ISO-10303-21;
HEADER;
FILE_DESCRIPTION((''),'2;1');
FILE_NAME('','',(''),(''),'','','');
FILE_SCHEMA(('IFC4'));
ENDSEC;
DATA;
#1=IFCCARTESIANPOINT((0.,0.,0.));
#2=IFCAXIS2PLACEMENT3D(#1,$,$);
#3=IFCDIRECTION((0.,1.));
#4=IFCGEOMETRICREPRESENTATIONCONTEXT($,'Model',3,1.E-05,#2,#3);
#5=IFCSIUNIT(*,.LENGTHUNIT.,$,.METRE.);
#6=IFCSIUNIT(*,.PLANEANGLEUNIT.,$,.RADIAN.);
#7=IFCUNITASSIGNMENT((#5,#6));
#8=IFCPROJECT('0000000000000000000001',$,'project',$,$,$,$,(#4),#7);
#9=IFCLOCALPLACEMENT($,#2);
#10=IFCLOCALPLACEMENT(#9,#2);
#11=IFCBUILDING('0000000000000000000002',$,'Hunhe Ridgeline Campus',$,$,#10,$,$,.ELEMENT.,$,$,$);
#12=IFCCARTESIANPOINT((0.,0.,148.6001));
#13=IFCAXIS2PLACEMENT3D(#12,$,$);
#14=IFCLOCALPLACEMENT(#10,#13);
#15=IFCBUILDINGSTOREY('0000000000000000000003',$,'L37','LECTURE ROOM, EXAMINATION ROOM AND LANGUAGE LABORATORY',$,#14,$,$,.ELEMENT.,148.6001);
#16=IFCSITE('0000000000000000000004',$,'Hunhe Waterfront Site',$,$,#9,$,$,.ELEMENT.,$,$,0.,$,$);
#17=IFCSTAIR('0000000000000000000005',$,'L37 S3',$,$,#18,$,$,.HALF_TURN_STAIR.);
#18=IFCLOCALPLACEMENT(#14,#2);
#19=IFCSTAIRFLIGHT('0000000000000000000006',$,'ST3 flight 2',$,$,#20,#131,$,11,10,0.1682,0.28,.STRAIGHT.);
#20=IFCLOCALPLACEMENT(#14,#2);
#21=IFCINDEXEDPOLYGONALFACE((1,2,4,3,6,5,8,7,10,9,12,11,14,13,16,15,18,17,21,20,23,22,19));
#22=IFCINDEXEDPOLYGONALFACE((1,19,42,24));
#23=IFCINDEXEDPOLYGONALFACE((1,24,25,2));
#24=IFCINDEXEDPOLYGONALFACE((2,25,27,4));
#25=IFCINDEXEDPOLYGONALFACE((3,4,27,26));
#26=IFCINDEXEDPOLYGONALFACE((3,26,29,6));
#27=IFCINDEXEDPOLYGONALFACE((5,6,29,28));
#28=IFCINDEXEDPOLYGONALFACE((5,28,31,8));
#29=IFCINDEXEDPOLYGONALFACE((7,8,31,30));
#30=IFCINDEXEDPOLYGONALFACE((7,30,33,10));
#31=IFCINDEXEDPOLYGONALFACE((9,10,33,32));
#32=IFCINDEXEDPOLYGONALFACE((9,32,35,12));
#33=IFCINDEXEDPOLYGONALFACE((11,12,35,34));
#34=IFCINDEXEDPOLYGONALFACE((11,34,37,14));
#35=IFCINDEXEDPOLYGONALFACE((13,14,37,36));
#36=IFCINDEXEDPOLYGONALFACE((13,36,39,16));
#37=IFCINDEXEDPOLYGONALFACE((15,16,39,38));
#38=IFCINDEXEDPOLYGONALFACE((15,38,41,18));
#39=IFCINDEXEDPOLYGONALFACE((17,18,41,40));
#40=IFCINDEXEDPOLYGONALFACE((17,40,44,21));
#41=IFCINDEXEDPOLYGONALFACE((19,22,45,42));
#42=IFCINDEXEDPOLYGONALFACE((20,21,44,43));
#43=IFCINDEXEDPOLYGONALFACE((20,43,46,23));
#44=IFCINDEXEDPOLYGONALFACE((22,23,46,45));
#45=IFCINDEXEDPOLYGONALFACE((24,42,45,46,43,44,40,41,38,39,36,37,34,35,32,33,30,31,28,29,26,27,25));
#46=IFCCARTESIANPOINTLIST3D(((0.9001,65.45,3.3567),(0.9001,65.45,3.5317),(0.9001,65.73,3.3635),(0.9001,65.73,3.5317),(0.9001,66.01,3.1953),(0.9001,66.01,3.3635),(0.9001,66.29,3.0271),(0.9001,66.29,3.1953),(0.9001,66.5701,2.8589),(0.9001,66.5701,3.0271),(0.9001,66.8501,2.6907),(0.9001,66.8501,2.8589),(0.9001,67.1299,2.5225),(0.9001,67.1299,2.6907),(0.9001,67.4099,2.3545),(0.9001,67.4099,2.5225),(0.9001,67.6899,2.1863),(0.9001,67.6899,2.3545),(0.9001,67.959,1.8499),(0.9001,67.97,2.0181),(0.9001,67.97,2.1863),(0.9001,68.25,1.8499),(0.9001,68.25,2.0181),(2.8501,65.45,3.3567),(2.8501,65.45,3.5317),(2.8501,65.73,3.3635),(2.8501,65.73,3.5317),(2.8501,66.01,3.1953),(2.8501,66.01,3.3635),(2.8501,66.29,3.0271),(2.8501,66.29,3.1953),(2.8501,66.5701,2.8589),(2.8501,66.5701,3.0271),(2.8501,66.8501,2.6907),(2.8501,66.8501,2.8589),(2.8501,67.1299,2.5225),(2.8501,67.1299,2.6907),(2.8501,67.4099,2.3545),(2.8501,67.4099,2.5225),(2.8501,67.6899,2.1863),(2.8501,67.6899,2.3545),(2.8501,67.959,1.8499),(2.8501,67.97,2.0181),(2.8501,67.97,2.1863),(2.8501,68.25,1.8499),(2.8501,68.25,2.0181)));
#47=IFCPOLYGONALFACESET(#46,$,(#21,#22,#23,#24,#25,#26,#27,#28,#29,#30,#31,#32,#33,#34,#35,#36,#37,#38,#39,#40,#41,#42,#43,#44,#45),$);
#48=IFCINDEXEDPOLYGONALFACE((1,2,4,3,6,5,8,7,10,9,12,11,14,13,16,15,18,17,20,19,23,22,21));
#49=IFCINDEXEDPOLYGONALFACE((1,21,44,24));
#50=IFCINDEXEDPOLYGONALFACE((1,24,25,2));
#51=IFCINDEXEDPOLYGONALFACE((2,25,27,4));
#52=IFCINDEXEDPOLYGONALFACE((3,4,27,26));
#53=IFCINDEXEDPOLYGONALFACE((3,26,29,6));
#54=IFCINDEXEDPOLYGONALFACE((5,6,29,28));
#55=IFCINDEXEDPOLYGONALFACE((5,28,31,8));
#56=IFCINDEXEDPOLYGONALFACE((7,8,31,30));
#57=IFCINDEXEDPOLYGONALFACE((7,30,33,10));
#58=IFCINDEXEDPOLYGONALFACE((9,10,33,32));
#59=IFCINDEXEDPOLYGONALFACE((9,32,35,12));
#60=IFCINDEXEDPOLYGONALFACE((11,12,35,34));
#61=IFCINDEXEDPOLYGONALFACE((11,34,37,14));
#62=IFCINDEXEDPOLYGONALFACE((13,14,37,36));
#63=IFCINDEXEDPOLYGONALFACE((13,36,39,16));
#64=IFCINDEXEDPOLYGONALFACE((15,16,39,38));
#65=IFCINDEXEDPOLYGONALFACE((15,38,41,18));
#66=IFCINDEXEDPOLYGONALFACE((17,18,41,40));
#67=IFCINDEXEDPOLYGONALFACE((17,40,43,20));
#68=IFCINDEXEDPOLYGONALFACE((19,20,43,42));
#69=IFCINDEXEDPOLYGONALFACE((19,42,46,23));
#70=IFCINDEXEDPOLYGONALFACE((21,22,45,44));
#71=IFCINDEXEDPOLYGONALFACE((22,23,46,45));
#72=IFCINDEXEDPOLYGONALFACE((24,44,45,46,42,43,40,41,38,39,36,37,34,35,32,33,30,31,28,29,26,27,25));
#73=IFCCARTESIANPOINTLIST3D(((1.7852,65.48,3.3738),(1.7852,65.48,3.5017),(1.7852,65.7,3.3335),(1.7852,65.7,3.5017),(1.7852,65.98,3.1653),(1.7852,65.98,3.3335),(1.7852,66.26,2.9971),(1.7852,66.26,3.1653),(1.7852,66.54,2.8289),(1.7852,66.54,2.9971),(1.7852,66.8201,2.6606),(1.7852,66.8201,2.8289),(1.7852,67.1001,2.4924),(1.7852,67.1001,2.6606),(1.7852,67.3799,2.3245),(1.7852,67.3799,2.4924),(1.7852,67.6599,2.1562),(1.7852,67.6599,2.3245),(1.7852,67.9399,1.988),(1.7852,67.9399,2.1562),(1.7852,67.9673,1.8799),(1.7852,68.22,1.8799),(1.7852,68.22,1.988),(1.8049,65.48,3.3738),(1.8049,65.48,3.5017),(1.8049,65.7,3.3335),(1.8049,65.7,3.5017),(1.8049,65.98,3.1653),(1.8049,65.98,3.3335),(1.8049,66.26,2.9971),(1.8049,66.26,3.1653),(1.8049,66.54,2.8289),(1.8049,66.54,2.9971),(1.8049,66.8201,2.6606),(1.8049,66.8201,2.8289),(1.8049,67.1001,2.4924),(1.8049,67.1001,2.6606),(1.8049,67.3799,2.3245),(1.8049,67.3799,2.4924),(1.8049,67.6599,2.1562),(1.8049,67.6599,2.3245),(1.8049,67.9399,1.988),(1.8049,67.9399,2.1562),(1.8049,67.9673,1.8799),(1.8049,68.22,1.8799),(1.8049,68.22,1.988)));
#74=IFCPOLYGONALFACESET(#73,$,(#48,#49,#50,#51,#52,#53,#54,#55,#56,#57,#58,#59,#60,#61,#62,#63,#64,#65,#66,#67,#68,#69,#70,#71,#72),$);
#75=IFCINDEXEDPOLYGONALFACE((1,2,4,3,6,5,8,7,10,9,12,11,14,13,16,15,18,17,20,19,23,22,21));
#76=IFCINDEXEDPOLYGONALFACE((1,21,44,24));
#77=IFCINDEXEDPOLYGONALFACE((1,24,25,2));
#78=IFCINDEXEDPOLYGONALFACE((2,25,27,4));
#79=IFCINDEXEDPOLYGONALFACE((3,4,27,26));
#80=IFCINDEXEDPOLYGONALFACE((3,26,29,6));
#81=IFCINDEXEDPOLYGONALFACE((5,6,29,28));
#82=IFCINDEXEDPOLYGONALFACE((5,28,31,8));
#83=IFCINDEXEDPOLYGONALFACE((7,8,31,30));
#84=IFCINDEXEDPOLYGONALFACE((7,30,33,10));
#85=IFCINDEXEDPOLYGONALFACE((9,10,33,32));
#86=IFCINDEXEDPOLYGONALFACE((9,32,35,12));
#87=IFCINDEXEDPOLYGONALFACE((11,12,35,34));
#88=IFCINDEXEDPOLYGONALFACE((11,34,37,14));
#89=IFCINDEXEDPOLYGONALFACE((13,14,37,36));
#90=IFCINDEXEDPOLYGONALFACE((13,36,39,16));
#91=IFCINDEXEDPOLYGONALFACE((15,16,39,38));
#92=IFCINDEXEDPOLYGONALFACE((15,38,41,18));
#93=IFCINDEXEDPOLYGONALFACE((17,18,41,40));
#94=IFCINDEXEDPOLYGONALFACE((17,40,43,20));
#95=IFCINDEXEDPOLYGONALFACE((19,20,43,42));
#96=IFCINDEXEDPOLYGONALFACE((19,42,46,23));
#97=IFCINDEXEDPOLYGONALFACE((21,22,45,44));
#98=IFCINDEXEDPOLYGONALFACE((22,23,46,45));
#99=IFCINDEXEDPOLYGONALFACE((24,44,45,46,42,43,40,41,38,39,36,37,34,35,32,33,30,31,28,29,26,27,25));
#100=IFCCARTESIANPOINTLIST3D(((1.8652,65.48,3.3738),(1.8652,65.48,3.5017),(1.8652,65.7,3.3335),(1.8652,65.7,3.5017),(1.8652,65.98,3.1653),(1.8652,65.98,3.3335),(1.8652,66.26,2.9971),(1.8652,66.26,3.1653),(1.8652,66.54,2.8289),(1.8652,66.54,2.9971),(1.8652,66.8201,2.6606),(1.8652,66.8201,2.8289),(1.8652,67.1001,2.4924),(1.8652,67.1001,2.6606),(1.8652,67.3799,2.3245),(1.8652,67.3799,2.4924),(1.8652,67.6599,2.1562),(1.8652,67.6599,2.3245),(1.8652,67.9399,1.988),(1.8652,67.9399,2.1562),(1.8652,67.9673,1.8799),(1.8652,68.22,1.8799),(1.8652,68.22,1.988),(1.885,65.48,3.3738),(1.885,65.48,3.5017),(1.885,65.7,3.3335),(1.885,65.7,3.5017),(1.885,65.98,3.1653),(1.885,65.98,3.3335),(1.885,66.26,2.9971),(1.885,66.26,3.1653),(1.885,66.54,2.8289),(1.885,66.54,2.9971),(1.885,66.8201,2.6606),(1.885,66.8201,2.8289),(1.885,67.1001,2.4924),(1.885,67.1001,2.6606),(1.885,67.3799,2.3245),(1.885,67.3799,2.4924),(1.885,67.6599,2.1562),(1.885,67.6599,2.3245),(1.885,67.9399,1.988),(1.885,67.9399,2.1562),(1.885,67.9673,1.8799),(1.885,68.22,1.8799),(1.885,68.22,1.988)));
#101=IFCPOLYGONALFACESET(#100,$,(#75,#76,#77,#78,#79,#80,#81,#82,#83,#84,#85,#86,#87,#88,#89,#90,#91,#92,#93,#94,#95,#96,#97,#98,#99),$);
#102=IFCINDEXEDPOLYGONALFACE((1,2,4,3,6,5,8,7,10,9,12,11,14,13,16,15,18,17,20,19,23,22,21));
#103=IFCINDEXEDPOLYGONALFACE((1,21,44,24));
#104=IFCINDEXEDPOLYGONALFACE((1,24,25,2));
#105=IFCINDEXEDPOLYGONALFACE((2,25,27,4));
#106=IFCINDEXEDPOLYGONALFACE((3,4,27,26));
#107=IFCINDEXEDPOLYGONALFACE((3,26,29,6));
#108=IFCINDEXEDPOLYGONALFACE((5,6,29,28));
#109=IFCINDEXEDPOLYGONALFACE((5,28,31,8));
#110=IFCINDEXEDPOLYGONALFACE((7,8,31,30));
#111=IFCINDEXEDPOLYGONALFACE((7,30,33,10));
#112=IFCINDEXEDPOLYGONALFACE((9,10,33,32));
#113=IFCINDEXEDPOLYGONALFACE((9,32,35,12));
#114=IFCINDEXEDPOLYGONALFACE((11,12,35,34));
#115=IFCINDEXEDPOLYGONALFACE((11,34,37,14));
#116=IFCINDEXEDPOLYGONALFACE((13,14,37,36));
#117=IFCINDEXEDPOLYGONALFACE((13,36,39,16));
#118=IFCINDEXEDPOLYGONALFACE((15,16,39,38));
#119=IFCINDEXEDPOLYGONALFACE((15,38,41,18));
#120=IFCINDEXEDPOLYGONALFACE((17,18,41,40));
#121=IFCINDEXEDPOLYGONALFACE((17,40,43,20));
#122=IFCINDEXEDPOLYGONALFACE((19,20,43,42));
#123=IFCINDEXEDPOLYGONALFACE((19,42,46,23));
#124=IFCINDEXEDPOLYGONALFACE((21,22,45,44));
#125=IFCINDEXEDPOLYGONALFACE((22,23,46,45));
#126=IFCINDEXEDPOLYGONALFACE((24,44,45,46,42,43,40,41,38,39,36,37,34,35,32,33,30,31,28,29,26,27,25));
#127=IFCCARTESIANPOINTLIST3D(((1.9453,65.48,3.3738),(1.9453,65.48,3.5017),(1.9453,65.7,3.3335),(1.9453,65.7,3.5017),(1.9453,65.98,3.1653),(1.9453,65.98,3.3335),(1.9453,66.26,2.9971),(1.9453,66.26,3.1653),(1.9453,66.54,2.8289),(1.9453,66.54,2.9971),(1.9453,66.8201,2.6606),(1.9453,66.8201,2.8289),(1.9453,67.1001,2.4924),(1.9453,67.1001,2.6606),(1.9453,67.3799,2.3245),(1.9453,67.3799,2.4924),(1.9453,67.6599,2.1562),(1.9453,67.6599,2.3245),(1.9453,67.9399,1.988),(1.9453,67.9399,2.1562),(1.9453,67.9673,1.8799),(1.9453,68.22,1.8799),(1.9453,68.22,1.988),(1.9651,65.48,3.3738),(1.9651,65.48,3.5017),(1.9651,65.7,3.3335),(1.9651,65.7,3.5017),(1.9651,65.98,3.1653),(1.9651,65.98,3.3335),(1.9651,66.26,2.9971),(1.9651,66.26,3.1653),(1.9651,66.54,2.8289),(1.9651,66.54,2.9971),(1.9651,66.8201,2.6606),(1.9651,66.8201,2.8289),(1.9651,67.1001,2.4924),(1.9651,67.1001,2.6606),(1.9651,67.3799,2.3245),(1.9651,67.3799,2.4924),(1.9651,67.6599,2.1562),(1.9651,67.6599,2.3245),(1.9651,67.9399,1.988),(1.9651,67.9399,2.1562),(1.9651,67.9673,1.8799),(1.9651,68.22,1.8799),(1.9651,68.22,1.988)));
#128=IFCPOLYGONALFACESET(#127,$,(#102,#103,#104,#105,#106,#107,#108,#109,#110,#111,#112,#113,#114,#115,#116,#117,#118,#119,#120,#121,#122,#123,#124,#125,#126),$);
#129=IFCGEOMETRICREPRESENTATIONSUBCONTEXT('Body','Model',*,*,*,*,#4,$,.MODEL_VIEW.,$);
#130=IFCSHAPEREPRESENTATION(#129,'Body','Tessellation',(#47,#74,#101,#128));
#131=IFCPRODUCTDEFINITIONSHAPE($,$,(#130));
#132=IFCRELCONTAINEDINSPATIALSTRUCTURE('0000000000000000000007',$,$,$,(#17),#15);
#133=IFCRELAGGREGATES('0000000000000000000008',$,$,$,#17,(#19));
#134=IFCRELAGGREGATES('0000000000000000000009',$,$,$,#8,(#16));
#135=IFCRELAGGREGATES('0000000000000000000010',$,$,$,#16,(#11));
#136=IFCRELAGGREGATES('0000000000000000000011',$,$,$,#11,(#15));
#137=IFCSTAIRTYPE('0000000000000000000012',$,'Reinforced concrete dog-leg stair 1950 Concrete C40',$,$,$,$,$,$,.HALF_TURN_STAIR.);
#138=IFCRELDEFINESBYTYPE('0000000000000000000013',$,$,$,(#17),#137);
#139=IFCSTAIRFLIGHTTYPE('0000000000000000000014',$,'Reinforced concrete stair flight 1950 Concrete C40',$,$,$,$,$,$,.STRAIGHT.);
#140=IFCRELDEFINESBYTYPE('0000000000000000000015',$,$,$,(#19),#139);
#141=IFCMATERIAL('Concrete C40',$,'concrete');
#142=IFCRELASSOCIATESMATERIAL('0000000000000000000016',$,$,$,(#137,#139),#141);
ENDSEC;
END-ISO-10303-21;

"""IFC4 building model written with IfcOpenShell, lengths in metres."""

from ifc_helpers import new_model, si_unit, direction, frame, origin, place, context, subcontext, project, spatial, polyline, outline, extrude, material, type_object, element, aggregate, save


model = new_model("IFC4")

# Units and contexts
model_context = context("Model", 3, precision=1e-05, world=origin(), true_north=direction((0.0, 1.0)))
body_context = subcontext(model_context, "Body", "Model", "MODEL_VIEW")
ifc_project = project(units=[si_unit("LENGTHUNIT", "METRE"), si_unit("PLANEANGLEUNIT", "RADIAN")], contexts=[model_context])

# Site, building, storey
site_placement = place(None, origin())
site = spatial("IfcSite", under=ifc_project, at=site_placement, Name="Hunhe Waterfront Site", CompositionType="ELEMENT", RefElevation=0.0)
building_placement = place(site_placement, origin())
building = spatial("IfcBuilding", under=site, at=building_placement, Name="Hunhe Ridgeline Campus", CompositionType="ELEMENT")
storey_placement = place(building_placement, frame((0.0, 0.0, 148.6001)))
storey = spatial("IfcBuildingStorey", under=building, at=storey_placement, Name="L37", Description="LECTURE ROOM, EXAMINATION ROOM AND LANGUAGE LABORATORY", CompositionType="ELEMENT", Elevation=148.6001)

# Stair, stair flight
ifc_material_1 = material(Name="Concrete C40", Category="concrete")
stair_type = type_object("IfcStairType", Name="Reinforced concrete dog-leg stair 1950 Concrete C40", PredefinedType="HALF_TURN_STAIR", material=ifc_material_1)
stair_1_placement = place(storey_placement, origin())
stair_1 = element("IfcStair", 1, at=stair_1_placement, inside=storey, type_object=stair_type, Name="L37 S3", PredefinedType="HALF_TURN_STAIR")
stair_flight_type = type_object("IfcStairFlightType", Name="Reinforced concrete stair flight 1950 Concrete C40", PredefinedType="STRAIGHT", material=ifc_material_1)
stair_flight_1_placement = place(storey_placement, frame((1.875, 68.25, 1.8499), z_axis=(0.0, 0.0, 1.0), x_axis=(0.0, -1.0, 0.0)))
stair_flight_1 = element("IfcStairFlight", 2, at=stair_flight_1_placement, type_object=stair_flight_type, Name="ST3 flight 2", NumberOfRisers=11, NumberOfTreads=10, PredefinedType="STRAIGHT", RiserHeight=0.1682, TreadLength=0.28, context=body_context, shape_type="SweptSolid", body=[
    extrude(outline(polyline([(0.0, 0.0), (0.0, 0.1682), (0.28, 0.1682), (0.28, 0.3364), (0.5601, 0.3364), (0.5601, 0.5046), (0.8401, 0.5046), (0.8401, 0.6726), (1.1201, 0.6726), (1.1201, 0.8408), (1.3999, 0.8408), (1.3999, 1.009), (1.6799, 1.009), (1.6799, 1.1772), (1.96, 1.1772), (1.96, 1.3455), (2.24, 1.3455), (2.24, 1.5137), (2.52, 1.5137), (2.52, 1.6819), (2.8, 1.6819), (2.8, 1.8501), (2.8, 1.5068), (0.291, 0.0), (0.0, 0.0)])), frame((0.0, 0.9751, 0.0), z_axis=(0.0, -1.0, 0.0), x_axis=(1.0, 0.0, 0.0)), (0.0, 0.0, 1.0), 1.95),
    extrude(outline(polyline([(0.03, 0.03), (0.03, 0.1382), (0.3101, 0.1382), (0.3101, 0.3064), (0.5901, 0.3064), (0.5901, 0.4746), (0.8701, 0.4746), (0.8701, 0.6426), (1.1499, 0.6426), (1.1499, 0.8108), (1.4299, 0.8108), (1.4299, 0.979), (1.71, 0.979), (1.71, 1.1472), (1.99, 1.1472), (1.99, 1.3154), (2.27, 1.3154), (2.27, 1.4836), (2.55, 1.4836), (2.55, 1.6519), (2.77, 1.6519), (2.77, 1.5239), (0.2827, 0.03), (0.03, 0.03)])), frame((0.0, -0.0701, 0.0), z_axis=(0.0, -1.0, 0.0), x_axis=(1.0, 0.0, 0.0)), (0.0, 0.0, 1.0), 0.0198),
    extrude(outline(polyline([(0.03, 0.03), (0.03, 0.1382), (0.3101, 0.1382), (0.3101, 0.3064), (0.5901, 0.3064), (0.5901, 0.4746), (0.8701, 0.4746), (0.8701, 0.6426), (1.1499, 0.6426), (1.1499, 0.8108), (1.4299, 0.8108), (1.4299, 0.979), (1.71, 0.979), (1.71, 1.1472), (1.99, 1.1472), (1.99, 1.3154), (2.27, 1.3154), (2.27, 1.4836), (2.55, 1.4836), (2.55, 1.6519), (2.77, 1.6519), (2.77, 1.5239), (0.2827, 0.03), (0.03, 0.03)])), frame((0.0, 0.01, 0.0), z_axis=(0.0, -1.0, 0.0), x_axis=(1.0, 0.0, 0.0)), (0.0, 0.0, 1.0), 0.0198),
    extrude(outline(polyline([(0.03, 0.03), (0.03, 0.1382), (0.3101, 0.1382), (0.3101, 0.3064), (0.5901, 0.3064), (0.5901, 0.4746), (0.8701, 0.4746), (0.8701, 0.6426), (1.1499, 0.6426), (1.1499, 0.8108), (1.4299, 0.8108), (1.4299, 0.979), (1.71, 0.979), (1.71, 1.1472), (1.99, 1.1472), (1.99, 1.3154), (2.27, 1.3154), (2.27, 1.4836), (2.55, 1.4836), (2.55, 1.6519), (2.77, 1.6519), (2.77, 1.5239), (0.2827, 0.03), (0.03, 0.03)])), frame((0.0, 0.0901, 0.0), z_axis=(0.0, -1.0, 0.0), x_axis=(1.0, 0.0, 0.0)), (0.0, 0.0, 1.0), 0.0198),
])
aggregate(stair_1, [stair_flight_1])

save(model, "model.ifc")
